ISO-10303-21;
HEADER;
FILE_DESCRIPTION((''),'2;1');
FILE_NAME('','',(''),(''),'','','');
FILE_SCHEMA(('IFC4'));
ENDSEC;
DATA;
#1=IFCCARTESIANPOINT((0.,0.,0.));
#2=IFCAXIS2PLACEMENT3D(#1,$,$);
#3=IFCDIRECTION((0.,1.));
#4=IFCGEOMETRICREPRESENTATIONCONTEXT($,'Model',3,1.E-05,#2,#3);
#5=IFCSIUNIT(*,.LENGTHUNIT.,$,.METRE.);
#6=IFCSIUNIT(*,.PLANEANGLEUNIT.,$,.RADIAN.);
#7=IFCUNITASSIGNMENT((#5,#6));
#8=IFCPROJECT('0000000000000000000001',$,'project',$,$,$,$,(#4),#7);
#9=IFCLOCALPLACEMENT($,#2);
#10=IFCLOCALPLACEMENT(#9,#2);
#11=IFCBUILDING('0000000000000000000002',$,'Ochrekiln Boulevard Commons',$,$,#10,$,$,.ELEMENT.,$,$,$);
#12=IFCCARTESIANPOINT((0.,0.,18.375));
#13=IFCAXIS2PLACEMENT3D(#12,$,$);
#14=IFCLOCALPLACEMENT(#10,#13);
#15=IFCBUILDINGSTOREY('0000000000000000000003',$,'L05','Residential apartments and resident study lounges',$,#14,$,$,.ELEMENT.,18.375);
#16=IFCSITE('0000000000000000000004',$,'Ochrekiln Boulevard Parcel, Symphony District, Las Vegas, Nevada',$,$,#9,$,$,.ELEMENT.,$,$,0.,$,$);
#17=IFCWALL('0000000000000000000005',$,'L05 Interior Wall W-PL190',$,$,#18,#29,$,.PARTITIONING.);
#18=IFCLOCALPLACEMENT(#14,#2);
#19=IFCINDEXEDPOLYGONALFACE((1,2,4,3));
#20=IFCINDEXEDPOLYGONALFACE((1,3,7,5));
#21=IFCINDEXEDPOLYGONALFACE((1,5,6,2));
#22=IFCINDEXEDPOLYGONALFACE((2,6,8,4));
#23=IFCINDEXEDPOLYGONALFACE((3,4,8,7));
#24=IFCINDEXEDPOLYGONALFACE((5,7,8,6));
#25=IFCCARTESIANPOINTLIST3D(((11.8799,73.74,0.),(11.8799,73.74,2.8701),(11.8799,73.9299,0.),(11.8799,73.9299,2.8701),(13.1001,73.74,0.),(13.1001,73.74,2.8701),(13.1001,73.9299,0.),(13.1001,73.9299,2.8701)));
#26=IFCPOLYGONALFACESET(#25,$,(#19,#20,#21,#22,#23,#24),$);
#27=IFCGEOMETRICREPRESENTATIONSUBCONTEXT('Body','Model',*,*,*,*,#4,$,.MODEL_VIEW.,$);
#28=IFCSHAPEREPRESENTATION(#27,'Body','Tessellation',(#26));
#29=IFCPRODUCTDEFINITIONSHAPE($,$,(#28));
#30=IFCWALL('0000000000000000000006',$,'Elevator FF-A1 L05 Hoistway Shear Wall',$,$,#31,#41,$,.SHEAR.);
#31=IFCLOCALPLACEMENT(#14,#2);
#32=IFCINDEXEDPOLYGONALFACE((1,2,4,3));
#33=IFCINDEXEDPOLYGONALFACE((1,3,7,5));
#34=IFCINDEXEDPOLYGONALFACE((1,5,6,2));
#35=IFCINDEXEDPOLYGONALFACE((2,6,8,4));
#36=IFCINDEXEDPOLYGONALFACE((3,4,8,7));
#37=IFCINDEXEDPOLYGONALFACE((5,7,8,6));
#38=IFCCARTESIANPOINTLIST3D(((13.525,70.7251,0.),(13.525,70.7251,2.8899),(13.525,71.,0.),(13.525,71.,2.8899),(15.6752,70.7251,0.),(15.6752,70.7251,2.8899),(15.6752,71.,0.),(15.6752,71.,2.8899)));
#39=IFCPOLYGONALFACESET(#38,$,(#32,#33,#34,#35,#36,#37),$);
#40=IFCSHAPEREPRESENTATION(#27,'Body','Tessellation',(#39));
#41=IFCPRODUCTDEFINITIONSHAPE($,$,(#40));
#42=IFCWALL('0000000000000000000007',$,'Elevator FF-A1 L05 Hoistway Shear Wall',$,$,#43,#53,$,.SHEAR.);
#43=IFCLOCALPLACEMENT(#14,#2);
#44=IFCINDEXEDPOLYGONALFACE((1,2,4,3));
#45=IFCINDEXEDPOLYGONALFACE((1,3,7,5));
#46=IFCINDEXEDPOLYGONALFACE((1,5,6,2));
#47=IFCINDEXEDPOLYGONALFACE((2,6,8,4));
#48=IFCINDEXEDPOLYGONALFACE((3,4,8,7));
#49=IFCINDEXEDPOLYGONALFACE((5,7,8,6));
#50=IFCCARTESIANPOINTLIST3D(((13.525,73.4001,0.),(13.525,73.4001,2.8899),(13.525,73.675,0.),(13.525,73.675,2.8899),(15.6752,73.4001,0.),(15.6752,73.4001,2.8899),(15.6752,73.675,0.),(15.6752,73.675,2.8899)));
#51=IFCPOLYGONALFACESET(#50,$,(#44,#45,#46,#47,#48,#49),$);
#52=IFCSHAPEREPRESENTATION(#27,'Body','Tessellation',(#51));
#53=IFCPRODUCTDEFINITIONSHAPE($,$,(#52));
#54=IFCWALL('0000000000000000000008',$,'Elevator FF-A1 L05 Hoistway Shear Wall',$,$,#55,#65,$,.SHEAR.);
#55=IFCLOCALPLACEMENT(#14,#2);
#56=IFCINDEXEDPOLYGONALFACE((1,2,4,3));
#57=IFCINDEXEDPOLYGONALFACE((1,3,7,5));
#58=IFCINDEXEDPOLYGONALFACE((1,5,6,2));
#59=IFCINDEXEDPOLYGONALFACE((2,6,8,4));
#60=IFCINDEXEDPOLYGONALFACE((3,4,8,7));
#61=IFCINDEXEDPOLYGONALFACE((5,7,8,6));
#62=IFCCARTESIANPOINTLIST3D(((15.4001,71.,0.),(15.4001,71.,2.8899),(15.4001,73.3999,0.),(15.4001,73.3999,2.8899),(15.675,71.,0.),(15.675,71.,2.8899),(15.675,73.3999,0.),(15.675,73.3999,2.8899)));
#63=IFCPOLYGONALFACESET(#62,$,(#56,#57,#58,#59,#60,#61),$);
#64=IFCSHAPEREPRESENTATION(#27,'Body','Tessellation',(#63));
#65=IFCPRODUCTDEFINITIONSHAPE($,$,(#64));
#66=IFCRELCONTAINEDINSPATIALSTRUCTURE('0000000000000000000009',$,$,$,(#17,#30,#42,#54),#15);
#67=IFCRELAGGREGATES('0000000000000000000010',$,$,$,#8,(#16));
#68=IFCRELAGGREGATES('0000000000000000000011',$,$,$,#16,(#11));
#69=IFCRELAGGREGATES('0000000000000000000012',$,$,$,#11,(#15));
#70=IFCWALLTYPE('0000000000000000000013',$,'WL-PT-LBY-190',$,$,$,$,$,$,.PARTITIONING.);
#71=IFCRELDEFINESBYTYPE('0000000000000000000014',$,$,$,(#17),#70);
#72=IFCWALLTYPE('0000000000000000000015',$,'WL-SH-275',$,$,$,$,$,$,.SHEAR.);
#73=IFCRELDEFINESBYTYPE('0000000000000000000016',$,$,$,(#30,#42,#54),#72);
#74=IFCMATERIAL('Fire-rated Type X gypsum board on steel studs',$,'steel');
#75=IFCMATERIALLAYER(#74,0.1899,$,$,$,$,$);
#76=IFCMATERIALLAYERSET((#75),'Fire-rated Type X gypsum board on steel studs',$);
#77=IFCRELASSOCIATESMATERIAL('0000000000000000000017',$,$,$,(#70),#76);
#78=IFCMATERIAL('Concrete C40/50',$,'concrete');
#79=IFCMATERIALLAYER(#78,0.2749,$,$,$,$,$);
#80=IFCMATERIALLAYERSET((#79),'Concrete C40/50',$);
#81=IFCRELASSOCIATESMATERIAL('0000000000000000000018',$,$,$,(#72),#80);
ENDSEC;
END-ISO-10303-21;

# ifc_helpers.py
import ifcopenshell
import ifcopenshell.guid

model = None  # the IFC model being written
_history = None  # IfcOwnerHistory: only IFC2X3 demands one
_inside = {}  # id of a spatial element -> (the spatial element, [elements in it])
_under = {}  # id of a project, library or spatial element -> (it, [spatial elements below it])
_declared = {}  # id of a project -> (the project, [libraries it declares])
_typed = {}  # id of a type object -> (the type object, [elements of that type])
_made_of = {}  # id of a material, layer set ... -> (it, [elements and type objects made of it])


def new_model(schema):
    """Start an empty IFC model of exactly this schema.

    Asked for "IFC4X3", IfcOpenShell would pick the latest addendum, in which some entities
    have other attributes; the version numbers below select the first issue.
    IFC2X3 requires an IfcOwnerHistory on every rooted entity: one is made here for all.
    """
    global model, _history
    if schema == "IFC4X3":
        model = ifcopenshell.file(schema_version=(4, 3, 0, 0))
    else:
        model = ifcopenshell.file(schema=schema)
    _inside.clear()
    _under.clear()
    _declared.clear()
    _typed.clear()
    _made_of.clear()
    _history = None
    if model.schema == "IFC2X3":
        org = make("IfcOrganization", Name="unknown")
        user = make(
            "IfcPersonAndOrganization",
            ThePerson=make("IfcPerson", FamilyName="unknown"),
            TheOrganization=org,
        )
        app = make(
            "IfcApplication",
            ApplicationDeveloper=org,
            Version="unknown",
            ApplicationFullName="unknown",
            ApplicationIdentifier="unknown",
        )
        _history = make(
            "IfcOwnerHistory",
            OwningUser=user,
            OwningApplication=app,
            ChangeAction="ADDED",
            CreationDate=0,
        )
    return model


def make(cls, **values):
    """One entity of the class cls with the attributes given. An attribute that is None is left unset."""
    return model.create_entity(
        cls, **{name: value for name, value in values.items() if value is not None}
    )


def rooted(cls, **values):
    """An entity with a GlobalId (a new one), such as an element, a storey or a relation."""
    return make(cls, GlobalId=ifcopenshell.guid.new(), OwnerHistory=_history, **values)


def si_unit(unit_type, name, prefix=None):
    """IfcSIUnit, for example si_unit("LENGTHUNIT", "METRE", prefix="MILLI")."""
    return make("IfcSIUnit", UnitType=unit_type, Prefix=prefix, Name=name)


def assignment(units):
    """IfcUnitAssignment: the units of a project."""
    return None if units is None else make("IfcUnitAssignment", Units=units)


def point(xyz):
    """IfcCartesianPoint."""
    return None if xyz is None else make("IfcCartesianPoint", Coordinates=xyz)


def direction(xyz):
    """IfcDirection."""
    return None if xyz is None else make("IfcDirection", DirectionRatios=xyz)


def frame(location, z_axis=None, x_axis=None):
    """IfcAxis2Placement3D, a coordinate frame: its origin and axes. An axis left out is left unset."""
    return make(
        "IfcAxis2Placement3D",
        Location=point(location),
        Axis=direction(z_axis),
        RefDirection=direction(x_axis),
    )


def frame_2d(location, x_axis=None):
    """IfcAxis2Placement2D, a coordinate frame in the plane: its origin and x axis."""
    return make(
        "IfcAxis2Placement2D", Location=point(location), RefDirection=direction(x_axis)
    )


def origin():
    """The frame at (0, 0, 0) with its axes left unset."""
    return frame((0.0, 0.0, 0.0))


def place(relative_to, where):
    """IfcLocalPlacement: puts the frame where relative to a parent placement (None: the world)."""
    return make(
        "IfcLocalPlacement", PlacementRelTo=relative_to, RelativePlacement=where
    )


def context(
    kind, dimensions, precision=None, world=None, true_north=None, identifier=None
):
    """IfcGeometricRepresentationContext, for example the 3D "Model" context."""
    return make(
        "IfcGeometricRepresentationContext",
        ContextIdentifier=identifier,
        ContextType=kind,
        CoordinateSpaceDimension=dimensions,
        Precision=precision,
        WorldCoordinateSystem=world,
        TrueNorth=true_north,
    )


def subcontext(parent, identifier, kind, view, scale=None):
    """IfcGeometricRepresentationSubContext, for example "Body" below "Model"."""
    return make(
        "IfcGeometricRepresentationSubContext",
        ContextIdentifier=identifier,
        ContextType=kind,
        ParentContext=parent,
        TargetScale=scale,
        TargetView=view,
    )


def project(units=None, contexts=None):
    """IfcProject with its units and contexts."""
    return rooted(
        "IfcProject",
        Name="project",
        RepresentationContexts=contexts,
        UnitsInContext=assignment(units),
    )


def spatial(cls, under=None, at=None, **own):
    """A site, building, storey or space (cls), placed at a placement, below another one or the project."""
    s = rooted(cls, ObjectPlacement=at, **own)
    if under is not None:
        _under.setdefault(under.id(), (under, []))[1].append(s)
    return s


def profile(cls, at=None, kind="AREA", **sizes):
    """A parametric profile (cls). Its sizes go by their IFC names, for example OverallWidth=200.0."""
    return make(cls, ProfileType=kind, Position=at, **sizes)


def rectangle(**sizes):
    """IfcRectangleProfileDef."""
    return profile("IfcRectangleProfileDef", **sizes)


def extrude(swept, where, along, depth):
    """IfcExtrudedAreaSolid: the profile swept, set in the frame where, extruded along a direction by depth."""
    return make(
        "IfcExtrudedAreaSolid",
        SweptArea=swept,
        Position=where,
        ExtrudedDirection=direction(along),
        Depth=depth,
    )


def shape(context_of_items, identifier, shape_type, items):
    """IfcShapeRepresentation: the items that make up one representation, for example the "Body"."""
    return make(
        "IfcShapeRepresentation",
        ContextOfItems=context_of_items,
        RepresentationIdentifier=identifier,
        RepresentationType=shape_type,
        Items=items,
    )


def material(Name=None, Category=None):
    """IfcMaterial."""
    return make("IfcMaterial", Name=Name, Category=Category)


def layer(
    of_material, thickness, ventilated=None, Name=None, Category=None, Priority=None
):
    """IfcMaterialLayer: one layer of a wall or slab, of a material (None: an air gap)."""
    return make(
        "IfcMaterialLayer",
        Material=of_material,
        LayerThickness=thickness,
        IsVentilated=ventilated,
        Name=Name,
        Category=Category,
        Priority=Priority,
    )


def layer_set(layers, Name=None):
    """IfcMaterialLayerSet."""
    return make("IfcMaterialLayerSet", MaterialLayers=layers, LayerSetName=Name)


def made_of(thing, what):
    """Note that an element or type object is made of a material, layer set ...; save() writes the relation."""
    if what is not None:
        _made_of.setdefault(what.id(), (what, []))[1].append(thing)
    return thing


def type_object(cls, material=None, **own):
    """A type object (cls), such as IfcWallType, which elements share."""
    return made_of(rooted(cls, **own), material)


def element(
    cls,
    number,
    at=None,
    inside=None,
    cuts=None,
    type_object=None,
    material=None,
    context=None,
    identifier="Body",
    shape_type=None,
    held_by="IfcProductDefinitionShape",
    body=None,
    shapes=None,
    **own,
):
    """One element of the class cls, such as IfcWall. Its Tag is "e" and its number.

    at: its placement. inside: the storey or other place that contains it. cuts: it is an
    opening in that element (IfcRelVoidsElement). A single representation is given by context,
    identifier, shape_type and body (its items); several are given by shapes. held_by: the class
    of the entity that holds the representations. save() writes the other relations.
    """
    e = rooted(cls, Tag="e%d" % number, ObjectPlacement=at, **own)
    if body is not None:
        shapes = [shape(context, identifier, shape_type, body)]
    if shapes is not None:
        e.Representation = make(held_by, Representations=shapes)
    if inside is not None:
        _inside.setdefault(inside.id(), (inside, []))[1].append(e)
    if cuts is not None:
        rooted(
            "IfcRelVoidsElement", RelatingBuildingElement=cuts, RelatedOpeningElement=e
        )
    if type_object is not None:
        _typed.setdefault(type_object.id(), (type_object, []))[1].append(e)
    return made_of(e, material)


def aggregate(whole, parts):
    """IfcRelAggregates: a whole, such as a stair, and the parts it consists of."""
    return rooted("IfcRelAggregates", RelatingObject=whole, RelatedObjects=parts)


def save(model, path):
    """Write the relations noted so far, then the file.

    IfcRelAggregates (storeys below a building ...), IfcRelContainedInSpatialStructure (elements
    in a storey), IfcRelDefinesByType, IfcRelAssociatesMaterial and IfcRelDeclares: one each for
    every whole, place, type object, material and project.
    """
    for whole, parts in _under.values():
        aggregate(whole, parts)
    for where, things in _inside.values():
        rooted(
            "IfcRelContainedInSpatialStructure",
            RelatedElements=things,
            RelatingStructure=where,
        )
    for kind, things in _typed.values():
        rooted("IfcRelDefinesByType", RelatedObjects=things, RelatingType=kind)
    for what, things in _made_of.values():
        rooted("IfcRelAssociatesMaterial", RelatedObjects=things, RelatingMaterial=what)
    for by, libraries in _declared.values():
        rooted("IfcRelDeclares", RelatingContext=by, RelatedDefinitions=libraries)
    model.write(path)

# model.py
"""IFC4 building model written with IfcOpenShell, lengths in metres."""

from ifc_helpers import new_model, si_unit, direction, frame, frame_2d, origin, place, context, subcontext, project, spatial, rectangle, extrude, material, layer, layer_set, type_object, element, save


model = new_model("IFC4")

# Units and contexts
model_context = context("Model", 3, precision=1e-05, world=origin(), true_north=direction((0.0, 1.0)))
body_context = subcontext(model_context, "Body", "Model", "MODEL_VIEW")
ifc_project = project(units=[si_unit("LENGTHUNIT", "METRE"), si_unit("PLANEANGLEUNIT", "RADIAN")], contexts=[model_context])

# Site, building, storey
site_placement = place(None, origin())
site = spatial("IfcSite", under=ifc_project, at=site_placement, Name="Ochrekiln Boulevard Parcel, Symphony District, Las Vegas, Nevada", CompositionType="ELEMENT", RefElevation=0.0)
building_placement = place(site_placement, origin())
building = spatial("IfcBuilding", under=site, at=building_placement, Name="Ochrekiln Boulevard Commons", CompositionType="ELEMENT")
storey_placement = place(building_placement, frame((0.0, 0.0, 18.375)))
storey = spatial("IfcBuildingStorey", under=building, at=storey_placement, Name="L05", Description="Residential apartments and resident study lounges", CompositionType="ELEMENT", Elevation=18.375)

# Shared definitions
ifc_material_1 = material(Name="Concrete C40/50", Category="concrete")

# Shared definitions
ifc_material_2 = material(Name="Fire-rated Type X gypsum board on steel studs", Category="steel")

# Walls
ifc_layer_1 = layer(ifc_material_2, 0.1899)
ifc_layer_set_1 = layer_set([ifc_layer_1], Name="Fire-rated Type X gypsum board on steel studs")
wall_type_1 = type_object("IfcWallType", Name="WL-PT-LBY-190", PredefinedType="PARTITIONING", material=ifc_layer_set_1)
wall_1_placement = place(storey_placement, frame((11.8799, 73.835, 0.0), z_axis=(0.0, 0.0, 1.0), x_axis=(1.0, 0.0, 0.0)))
element("IfcWall", 1, at=wall_1_placement, inside=storey, type_object=wall_type_1, Name="L05 Interior Wall W-PL190", PredefinedType="PARTITIONING", context=body_context, shape_type="SweptSolid", body=[
    extrude(rectangle(XDim=1.2202, YDim=0.1899, at=frame_2d((0.6101, 0.0))), origin(), (0.0, 0.0, 1.0), 2.8701),
])
ifc_layer_2 = layer(ifc_material_1, 0.2749)
ifc_layer_set_2 = layer_set([ifc_layer_2], Name="Concrete C40/50")
wall_type_2 = type_object("IfcWallType", Name="WL-SH-275", PredefinedType="SHEAR", material=ifc_layer_set_2)
for number, where, z_axis, x_axis, name in (
    (2, (13.5249, 70.8625, 0.0), (0.0, 0.0, 1.0), (1.0, 0.0, 0.0), "Elevator FF-A1 L05 Hoistway Shear Wall"),
    (3, (13.5249, 73.5376, 0.0), (0.0, 0.0, 1.0), (1.0, 0.0, 0.0), "Elevator FF-A1 L05 Hoistway Shear Wall"),
):
    element("IfcWall", number, at=place(storey_placement, frame(where, z_axis=z_axis, x_axis=x_axis)), inside=storey, type_object=wall_type_2, Name=name, PredefinedType="SHEAR", context=body_context, shape_type="SweptSolid", body=[
        extrude(rectangle(XDim=2.1501, YDim=0.2749, at=frame_2d((1.0752, 0.0))), origin(), (0.0, 0.0, 1.0), 2.8899),
    ])

# Wall
wall_2_placement = place(storey_placement, frame((15.5376, 71.0, 0.0), z_axis=(0.0, 0.0, 1.0), x_axis=(0.0, 1.0, 0.0)))
element("IfcWall", 4, at=wall_2_placement, inside=storey, type_object=wall_type_2, Name="Elevator FF-A1 L05 Hoistway Shear Wall", PredefinedType="SHEAR", context=body_context, shape_type="SweptSolid", body=[
    extrude(rectangle(XDim=2.3999, YDim=0.2749, at=frame_2d((1.2, 0.0))), origin(), (0.0, 0.0, 1.0), 2.8899),
])

save(model, "model.ifc")
